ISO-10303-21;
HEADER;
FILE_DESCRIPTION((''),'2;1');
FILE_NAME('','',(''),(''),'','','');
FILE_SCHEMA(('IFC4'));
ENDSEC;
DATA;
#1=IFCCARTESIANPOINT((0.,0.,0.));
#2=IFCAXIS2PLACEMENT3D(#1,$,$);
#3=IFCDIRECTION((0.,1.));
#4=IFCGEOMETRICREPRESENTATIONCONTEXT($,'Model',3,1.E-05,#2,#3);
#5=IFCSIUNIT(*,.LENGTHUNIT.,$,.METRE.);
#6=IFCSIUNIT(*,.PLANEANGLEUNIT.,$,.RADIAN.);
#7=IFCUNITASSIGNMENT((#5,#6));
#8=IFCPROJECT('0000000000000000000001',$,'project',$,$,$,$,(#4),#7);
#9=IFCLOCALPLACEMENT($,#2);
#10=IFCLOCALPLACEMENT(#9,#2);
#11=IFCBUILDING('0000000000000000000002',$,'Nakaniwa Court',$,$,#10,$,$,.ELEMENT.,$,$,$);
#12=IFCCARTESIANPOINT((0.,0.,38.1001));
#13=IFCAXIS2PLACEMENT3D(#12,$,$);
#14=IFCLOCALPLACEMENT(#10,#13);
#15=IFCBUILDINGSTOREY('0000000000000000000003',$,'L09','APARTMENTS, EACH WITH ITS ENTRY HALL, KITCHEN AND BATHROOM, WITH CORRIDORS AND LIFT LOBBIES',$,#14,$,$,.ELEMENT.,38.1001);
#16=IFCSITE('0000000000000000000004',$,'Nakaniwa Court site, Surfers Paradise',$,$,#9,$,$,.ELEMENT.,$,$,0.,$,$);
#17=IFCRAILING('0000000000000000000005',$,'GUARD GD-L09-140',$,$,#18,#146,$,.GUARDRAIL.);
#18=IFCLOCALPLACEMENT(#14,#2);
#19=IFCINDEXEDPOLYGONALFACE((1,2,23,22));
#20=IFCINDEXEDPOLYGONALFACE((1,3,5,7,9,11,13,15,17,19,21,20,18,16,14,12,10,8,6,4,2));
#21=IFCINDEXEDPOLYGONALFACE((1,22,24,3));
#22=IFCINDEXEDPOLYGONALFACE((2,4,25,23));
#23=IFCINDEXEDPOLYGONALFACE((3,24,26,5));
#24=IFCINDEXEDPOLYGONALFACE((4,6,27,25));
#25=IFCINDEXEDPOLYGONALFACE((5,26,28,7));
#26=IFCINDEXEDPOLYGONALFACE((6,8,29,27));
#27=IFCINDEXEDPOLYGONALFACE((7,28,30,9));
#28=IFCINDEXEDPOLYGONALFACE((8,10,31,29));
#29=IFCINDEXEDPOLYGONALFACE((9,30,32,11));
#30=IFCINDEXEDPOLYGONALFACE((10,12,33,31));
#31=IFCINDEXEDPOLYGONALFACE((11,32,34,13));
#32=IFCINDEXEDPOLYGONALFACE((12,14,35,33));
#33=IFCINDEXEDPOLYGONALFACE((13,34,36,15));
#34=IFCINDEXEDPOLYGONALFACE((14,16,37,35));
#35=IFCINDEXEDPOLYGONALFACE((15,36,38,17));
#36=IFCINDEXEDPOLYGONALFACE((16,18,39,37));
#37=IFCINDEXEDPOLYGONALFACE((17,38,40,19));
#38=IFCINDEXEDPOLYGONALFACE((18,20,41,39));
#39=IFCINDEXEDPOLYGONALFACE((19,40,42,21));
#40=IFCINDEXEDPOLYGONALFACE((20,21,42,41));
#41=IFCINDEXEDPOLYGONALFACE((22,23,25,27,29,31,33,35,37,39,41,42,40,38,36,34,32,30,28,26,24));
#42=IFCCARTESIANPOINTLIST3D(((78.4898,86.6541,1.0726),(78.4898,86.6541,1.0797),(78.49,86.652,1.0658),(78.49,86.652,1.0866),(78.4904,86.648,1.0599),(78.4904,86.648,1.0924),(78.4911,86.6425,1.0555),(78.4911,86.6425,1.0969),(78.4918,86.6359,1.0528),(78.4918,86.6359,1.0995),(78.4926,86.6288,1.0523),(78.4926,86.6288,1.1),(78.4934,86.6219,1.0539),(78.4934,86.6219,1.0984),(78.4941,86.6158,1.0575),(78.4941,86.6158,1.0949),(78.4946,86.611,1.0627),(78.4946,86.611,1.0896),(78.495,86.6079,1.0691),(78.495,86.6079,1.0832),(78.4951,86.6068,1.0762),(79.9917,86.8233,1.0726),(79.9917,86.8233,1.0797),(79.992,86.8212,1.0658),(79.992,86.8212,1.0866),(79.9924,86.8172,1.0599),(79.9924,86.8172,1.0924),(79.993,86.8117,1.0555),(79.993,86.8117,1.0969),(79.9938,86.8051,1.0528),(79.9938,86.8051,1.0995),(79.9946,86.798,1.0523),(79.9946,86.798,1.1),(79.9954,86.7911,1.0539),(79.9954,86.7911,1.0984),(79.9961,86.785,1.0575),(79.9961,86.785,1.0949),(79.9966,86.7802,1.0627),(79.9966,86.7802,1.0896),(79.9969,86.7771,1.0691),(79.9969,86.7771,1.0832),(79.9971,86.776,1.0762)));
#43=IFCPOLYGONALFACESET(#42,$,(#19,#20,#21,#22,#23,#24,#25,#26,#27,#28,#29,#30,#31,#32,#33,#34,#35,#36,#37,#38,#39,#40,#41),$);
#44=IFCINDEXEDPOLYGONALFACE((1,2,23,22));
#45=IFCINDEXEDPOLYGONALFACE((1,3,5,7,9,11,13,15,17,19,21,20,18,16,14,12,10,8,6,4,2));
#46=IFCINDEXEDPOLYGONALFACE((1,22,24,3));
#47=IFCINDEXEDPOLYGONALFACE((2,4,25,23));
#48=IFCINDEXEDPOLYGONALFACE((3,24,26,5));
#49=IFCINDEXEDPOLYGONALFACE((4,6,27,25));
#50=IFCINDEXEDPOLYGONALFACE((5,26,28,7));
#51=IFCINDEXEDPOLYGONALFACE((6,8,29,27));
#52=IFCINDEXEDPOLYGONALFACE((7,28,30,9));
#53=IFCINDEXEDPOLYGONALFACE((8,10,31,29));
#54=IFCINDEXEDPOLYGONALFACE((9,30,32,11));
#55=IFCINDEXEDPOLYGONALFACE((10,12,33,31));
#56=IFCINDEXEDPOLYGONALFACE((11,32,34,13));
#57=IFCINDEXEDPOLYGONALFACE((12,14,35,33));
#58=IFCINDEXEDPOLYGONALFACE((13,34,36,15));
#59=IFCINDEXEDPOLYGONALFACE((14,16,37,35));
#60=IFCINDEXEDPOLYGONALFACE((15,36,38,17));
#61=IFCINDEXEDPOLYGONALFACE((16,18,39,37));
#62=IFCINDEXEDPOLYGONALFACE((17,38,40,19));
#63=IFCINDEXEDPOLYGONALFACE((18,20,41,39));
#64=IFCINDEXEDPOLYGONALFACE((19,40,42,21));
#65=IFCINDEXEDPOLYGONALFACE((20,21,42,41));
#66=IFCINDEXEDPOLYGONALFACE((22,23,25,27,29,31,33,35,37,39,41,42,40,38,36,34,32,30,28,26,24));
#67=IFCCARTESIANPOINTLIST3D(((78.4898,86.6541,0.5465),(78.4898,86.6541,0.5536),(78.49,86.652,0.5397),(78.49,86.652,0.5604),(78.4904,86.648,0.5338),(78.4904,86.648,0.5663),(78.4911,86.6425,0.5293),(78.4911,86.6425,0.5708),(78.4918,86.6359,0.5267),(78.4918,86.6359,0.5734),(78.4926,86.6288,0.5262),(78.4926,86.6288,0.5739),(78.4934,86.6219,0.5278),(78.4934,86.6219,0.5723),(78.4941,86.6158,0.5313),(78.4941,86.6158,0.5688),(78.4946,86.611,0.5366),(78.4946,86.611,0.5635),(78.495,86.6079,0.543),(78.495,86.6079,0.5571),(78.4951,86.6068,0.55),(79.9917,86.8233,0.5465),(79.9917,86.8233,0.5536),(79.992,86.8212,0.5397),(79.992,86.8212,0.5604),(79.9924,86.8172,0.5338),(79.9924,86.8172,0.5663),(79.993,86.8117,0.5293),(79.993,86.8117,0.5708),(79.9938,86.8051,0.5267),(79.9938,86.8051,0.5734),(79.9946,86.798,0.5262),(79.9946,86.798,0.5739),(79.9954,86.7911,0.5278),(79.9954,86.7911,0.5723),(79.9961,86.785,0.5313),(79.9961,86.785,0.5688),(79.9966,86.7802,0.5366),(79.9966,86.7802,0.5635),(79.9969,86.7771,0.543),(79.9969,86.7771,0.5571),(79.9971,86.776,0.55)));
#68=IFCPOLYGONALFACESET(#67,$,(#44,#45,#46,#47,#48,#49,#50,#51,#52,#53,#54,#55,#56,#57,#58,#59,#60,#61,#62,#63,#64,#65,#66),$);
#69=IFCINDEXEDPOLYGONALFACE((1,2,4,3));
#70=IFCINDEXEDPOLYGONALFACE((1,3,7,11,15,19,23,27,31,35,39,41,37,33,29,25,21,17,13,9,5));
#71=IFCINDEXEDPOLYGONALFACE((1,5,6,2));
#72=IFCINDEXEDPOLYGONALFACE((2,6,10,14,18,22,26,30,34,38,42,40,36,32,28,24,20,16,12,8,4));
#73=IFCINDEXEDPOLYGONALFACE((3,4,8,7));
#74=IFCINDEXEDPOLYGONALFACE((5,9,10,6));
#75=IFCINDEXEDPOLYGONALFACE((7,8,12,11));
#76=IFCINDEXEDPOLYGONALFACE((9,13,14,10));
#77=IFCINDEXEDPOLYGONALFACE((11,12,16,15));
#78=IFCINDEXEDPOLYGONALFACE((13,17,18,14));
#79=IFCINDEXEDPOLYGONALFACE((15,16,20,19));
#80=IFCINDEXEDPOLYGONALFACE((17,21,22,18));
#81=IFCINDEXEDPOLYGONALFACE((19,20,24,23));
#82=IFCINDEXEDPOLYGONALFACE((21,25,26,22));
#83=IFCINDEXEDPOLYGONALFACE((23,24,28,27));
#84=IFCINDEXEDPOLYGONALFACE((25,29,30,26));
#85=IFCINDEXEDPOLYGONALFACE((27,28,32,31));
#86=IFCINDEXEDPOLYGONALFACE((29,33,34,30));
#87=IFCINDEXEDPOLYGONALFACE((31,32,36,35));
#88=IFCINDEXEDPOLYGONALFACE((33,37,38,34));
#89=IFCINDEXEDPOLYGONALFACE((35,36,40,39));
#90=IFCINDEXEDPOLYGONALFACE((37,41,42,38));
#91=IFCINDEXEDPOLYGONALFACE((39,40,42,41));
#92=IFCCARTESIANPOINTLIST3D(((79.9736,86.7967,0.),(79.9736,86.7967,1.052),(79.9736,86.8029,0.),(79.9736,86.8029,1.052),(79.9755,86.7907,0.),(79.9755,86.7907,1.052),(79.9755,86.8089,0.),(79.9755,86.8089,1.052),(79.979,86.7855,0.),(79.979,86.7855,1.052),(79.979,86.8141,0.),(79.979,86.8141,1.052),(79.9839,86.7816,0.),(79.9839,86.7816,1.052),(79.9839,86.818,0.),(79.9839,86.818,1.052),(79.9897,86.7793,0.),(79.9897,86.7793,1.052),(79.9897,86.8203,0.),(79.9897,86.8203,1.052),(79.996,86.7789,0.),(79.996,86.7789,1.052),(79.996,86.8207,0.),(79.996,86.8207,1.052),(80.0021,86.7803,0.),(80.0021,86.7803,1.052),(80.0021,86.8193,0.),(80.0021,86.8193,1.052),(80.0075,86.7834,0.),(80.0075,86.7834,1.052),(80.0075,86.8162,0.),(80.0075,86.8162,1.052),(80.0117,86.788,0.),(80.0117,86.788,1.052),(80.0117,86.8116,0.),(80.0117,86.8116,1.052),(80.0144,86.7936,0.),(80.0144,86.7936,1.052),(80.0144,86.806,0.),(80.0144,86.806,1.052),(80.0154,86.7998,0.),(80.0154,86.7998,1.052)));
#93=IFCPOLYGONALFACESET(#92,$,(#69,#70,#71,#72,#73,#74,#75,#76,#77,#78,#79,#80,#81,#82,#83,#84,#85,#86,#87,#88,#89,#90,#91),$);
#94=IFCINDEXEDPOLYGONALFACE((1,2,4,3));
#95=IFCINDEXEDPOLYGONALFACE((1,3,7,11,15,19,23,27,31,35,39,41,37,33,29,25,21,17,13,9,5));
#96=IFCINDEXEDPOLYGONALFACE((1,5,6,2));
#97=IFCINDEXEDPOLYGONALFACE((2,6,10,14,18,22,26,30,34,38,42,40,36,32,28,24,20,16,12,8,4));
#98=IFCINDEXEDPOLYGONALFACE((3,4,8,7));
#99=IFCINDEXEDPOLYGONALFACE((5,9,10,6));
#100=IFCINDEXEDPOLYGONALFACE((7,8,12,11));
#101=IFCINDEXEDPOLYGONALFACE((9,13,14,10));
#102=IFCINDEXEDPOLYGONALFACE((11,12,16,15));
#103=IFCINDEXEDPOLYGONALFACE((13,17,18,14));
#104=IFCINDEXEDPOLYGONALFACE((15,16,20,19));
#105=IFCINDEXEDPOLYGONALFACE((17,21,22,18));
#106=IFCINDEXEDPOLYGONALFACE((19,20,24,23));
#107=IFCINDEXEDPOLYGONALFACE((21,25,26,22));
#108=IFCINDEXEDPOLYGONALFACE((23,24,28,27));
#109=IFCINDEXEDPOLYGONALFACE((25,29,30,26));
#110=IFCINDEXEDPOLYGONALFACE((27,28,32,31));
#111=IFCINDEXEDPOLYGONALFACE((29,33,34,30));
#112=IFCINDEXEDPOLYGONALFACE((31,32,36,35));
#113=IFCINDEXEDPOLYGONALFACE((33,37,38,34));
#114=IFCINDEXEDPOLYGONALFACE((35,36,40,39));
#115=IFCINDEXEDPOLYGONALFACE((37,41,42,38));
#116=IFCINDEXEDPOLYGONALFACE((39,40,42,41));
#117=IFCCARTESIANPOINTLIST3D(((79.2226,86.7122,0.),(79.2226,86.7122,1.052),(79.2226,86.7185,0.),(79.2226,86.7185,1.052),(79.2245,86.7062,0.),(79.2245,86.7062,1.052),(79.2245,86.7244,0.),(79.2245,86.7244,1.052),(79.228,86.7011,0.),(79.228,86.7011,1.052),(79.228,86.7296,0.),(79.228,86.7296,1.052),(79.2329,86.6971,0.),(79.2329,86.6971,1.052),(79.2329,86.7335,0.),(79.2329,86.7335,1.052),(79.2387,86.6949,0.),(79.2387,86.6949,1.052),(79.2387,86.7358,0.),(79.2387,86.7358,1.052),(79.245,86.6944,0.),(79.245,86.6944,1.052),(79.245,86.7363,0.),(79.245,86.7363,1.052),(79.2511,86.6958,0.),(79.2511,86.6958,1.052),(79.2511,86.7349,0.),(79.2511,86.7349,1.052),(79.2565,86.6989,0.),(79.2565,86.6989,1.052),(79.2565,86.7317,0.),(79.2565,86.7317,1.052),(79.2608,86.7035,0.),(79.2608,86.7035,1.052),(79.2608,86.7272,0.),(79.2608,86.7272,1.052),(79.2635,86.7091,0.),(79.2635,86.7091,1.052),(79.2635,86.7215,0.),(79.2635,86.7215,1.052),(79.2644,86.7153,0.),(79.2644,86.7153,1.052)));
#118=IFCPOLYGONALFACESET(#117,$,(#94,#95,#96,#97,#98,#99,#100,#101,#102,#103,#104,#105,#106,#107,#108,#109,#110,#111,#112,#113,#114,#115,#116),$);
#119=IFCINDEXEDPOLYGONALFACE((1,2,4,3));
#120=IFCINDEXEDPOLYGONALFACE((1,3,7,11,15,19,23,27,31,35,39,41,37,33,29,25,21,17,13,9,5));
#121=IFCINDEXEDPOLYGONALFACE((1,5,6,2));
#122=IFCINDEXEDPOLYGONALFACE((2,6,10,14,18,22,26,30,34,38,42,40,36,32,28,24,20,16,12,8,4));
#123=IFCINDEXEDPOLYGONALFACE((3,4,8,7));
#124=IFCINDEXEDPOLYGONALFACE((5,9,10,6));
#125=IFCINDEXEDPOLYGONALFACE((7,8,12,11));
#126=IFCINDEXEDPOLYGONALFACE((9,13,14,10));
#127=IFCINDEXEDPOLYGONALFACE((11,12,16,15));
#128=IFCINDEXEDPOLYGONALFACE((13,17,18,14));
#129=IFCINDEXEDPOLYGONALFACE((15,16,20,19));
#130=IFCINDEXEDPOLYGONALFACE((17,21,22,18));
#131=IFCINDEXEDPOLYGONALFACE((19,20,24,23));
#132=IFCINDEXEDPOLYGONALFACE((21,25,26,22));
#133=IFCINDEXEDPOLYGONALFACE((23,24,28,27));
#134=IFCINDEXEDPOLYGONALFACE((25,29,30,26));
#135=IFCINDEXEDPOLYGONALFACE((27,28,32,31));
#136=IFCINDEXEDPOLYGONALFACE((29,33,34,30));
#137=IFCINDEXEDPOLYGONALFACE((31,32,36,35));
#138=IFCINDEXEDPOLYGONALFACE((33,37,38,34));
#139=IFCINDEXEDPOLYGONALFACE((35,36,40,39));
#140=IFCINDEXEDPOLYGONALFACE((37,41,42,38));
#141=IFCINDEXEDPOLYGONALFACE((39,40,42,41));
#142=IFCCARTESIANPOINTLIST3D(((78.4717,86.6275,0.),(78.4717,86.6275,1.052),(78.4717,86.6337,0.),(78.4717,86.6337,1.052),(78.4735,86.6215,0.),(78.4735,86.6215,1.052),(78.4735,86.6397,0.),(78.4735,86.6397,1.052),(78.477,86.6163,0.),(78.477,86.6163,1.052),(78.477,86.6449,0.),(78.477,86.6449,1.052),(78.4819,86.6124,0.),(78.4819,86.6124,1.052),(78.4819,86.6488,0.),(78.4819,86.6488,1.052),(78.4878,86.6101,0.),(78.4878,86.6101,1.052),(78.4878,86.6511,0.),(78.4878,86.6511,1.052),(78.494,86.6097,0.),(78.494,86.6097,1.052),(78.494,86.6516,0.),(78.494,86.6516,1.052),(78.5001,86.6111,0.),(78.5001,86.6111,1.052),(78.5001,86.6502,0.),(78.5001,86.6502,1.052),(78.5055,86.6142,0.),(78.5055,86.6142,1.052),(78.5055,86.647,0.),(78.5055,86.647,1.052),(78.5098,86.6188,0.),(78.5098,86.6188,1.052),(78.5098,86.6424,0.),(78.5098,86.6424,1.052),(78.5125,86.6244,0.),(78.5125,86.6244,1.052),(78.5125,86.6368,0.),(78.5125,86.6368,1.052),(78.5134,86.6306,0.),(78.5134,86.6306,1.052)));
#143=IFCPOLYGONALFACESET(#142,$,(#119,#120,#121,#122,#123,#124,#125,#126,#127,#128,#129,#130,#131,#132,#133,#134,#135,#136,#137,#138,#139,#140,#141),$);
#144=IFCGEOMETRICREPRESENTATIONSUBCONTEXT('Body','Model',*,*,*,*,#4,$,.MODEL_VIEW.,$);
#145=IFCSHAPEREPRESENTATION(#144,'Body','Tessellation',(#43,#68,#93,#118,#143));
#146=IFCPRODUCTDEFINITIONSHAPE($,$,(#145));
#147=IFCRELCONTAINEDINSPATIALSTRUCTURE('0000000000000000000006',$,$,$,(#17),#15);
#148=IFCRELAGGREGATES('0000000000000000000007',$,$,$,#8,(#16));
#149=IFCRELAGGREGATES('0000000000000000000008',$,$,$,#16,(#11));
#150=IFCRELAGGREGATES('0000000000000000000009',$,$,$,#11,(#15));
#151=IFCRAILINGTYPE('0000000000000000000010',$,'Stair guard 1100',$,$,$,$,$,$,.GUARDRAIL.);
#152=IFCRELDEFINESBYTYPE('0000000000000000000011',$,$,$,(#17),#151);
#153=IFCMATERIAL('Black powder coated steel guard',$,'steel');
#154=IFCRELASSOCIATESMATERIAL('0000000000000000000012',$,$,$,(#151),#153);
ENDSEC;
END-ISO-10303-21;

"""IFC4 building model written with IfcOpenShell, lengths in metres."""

from ifc_helpers import new_model, si_unit, direction, frame, origin, origin_2d, place, context, subcontext, project, spatial, circle, extrude, material, type_object, element, save


model = new_model("IFC4")

# Units and contexts
model_context = context("Model", 3, precision=1e-05, world=origin(), true_north=direction((0.0, 1.0)))
body_context = subcontext(model_context, "Body", "Model", "MODEL_VIEW")
ifc_project = project(units=[si_unit("LENGTHUNIT", "METRE"), si_unit("PLANEANGLEUNIT", "RADIAN")], contexts=[model_context])

# Site, building, storey
site_placement = place(None, origin())
site = spatial("IfcSite", under=ifc_project, at=site_placement, Name="Nakaniwa Court site, Surfers Paradise", CompositionType="ELEMENT", RefElevation=0.0)
building_placement = place(site_placement, origin())
building = spatial("IfcBuilding", under=site, at=building_placement, Name="Nakaniwa Court", CompositionType="ELEMENT")
storey_placement = place(building_placement, frame((0.0, 0.0, 38.1001)))
storey = spatial("IfcBuildingStorey", under=building, at=storey_placement, Name="L09", Description="APARTMENTS, EACH WITH ITS ENTRY HALL, KITCHEN AND BATHROOM, WITH CORRIDORS AND LIFT LOBBIES", CompositionType="ELEMENT", Elevation=38.1001)

# Railing
ifc_material_1 = material(Name="Black powder coated steel guard", Category="steel")
railing_type = type_object("IfcRailingType", Name="Stair guard 1100", PredefinedType="GUARDRAIL", material=ifc_material_1)
railing_1_placement = place(storey_placement, frame((79.9944, 86.7998, 0.0)))
element("IfcRailing", 1, at=railing_1_placement, inside=storey, type_object=railing_type, Name="GUARD GD-L09-140", PredefinedType="GUARDRAIL", context=body_context, shape_type="SweptSolid", body=[
    extrude(circle(Radius=0.0239, at=origin_2d()), frame((0.0, 0.0, 1.0762), z_axis=(-0.993715, -0.111938, 0.0), x_axis=(0.111938, -0.993715, 0.0)), (0.0, 0.0, 1.0), 1.5115),
    extrude(circle(Radius=0.0239, at=origin_2d()), frame((0.0, 0.0, 0.55), z_axis=(-0.993715, -0.111938, 0.0), x_axis=(0.111938, -0.993715, 0.0)), (0.0, 0.0, 1.0), 1.5115),
    extrude(circle(Radius=0.021, at=origin_2d()), origin(), (0.0, 0.0, 1.0), 1.052),
    extrude(circle(Radius=0.021, at=origin_2d()), frame((-0.751, -0.0845, 0.0)), (0.0, 0.0, 1.0), 1.052),
    extrude(circle(Radius=0.021, at=origin_2d()), frame((-1.502, -0.1692, 0.0)), (0.0, 0.0, 1.0), 1.052),
])

save(model, "model.ifc")
